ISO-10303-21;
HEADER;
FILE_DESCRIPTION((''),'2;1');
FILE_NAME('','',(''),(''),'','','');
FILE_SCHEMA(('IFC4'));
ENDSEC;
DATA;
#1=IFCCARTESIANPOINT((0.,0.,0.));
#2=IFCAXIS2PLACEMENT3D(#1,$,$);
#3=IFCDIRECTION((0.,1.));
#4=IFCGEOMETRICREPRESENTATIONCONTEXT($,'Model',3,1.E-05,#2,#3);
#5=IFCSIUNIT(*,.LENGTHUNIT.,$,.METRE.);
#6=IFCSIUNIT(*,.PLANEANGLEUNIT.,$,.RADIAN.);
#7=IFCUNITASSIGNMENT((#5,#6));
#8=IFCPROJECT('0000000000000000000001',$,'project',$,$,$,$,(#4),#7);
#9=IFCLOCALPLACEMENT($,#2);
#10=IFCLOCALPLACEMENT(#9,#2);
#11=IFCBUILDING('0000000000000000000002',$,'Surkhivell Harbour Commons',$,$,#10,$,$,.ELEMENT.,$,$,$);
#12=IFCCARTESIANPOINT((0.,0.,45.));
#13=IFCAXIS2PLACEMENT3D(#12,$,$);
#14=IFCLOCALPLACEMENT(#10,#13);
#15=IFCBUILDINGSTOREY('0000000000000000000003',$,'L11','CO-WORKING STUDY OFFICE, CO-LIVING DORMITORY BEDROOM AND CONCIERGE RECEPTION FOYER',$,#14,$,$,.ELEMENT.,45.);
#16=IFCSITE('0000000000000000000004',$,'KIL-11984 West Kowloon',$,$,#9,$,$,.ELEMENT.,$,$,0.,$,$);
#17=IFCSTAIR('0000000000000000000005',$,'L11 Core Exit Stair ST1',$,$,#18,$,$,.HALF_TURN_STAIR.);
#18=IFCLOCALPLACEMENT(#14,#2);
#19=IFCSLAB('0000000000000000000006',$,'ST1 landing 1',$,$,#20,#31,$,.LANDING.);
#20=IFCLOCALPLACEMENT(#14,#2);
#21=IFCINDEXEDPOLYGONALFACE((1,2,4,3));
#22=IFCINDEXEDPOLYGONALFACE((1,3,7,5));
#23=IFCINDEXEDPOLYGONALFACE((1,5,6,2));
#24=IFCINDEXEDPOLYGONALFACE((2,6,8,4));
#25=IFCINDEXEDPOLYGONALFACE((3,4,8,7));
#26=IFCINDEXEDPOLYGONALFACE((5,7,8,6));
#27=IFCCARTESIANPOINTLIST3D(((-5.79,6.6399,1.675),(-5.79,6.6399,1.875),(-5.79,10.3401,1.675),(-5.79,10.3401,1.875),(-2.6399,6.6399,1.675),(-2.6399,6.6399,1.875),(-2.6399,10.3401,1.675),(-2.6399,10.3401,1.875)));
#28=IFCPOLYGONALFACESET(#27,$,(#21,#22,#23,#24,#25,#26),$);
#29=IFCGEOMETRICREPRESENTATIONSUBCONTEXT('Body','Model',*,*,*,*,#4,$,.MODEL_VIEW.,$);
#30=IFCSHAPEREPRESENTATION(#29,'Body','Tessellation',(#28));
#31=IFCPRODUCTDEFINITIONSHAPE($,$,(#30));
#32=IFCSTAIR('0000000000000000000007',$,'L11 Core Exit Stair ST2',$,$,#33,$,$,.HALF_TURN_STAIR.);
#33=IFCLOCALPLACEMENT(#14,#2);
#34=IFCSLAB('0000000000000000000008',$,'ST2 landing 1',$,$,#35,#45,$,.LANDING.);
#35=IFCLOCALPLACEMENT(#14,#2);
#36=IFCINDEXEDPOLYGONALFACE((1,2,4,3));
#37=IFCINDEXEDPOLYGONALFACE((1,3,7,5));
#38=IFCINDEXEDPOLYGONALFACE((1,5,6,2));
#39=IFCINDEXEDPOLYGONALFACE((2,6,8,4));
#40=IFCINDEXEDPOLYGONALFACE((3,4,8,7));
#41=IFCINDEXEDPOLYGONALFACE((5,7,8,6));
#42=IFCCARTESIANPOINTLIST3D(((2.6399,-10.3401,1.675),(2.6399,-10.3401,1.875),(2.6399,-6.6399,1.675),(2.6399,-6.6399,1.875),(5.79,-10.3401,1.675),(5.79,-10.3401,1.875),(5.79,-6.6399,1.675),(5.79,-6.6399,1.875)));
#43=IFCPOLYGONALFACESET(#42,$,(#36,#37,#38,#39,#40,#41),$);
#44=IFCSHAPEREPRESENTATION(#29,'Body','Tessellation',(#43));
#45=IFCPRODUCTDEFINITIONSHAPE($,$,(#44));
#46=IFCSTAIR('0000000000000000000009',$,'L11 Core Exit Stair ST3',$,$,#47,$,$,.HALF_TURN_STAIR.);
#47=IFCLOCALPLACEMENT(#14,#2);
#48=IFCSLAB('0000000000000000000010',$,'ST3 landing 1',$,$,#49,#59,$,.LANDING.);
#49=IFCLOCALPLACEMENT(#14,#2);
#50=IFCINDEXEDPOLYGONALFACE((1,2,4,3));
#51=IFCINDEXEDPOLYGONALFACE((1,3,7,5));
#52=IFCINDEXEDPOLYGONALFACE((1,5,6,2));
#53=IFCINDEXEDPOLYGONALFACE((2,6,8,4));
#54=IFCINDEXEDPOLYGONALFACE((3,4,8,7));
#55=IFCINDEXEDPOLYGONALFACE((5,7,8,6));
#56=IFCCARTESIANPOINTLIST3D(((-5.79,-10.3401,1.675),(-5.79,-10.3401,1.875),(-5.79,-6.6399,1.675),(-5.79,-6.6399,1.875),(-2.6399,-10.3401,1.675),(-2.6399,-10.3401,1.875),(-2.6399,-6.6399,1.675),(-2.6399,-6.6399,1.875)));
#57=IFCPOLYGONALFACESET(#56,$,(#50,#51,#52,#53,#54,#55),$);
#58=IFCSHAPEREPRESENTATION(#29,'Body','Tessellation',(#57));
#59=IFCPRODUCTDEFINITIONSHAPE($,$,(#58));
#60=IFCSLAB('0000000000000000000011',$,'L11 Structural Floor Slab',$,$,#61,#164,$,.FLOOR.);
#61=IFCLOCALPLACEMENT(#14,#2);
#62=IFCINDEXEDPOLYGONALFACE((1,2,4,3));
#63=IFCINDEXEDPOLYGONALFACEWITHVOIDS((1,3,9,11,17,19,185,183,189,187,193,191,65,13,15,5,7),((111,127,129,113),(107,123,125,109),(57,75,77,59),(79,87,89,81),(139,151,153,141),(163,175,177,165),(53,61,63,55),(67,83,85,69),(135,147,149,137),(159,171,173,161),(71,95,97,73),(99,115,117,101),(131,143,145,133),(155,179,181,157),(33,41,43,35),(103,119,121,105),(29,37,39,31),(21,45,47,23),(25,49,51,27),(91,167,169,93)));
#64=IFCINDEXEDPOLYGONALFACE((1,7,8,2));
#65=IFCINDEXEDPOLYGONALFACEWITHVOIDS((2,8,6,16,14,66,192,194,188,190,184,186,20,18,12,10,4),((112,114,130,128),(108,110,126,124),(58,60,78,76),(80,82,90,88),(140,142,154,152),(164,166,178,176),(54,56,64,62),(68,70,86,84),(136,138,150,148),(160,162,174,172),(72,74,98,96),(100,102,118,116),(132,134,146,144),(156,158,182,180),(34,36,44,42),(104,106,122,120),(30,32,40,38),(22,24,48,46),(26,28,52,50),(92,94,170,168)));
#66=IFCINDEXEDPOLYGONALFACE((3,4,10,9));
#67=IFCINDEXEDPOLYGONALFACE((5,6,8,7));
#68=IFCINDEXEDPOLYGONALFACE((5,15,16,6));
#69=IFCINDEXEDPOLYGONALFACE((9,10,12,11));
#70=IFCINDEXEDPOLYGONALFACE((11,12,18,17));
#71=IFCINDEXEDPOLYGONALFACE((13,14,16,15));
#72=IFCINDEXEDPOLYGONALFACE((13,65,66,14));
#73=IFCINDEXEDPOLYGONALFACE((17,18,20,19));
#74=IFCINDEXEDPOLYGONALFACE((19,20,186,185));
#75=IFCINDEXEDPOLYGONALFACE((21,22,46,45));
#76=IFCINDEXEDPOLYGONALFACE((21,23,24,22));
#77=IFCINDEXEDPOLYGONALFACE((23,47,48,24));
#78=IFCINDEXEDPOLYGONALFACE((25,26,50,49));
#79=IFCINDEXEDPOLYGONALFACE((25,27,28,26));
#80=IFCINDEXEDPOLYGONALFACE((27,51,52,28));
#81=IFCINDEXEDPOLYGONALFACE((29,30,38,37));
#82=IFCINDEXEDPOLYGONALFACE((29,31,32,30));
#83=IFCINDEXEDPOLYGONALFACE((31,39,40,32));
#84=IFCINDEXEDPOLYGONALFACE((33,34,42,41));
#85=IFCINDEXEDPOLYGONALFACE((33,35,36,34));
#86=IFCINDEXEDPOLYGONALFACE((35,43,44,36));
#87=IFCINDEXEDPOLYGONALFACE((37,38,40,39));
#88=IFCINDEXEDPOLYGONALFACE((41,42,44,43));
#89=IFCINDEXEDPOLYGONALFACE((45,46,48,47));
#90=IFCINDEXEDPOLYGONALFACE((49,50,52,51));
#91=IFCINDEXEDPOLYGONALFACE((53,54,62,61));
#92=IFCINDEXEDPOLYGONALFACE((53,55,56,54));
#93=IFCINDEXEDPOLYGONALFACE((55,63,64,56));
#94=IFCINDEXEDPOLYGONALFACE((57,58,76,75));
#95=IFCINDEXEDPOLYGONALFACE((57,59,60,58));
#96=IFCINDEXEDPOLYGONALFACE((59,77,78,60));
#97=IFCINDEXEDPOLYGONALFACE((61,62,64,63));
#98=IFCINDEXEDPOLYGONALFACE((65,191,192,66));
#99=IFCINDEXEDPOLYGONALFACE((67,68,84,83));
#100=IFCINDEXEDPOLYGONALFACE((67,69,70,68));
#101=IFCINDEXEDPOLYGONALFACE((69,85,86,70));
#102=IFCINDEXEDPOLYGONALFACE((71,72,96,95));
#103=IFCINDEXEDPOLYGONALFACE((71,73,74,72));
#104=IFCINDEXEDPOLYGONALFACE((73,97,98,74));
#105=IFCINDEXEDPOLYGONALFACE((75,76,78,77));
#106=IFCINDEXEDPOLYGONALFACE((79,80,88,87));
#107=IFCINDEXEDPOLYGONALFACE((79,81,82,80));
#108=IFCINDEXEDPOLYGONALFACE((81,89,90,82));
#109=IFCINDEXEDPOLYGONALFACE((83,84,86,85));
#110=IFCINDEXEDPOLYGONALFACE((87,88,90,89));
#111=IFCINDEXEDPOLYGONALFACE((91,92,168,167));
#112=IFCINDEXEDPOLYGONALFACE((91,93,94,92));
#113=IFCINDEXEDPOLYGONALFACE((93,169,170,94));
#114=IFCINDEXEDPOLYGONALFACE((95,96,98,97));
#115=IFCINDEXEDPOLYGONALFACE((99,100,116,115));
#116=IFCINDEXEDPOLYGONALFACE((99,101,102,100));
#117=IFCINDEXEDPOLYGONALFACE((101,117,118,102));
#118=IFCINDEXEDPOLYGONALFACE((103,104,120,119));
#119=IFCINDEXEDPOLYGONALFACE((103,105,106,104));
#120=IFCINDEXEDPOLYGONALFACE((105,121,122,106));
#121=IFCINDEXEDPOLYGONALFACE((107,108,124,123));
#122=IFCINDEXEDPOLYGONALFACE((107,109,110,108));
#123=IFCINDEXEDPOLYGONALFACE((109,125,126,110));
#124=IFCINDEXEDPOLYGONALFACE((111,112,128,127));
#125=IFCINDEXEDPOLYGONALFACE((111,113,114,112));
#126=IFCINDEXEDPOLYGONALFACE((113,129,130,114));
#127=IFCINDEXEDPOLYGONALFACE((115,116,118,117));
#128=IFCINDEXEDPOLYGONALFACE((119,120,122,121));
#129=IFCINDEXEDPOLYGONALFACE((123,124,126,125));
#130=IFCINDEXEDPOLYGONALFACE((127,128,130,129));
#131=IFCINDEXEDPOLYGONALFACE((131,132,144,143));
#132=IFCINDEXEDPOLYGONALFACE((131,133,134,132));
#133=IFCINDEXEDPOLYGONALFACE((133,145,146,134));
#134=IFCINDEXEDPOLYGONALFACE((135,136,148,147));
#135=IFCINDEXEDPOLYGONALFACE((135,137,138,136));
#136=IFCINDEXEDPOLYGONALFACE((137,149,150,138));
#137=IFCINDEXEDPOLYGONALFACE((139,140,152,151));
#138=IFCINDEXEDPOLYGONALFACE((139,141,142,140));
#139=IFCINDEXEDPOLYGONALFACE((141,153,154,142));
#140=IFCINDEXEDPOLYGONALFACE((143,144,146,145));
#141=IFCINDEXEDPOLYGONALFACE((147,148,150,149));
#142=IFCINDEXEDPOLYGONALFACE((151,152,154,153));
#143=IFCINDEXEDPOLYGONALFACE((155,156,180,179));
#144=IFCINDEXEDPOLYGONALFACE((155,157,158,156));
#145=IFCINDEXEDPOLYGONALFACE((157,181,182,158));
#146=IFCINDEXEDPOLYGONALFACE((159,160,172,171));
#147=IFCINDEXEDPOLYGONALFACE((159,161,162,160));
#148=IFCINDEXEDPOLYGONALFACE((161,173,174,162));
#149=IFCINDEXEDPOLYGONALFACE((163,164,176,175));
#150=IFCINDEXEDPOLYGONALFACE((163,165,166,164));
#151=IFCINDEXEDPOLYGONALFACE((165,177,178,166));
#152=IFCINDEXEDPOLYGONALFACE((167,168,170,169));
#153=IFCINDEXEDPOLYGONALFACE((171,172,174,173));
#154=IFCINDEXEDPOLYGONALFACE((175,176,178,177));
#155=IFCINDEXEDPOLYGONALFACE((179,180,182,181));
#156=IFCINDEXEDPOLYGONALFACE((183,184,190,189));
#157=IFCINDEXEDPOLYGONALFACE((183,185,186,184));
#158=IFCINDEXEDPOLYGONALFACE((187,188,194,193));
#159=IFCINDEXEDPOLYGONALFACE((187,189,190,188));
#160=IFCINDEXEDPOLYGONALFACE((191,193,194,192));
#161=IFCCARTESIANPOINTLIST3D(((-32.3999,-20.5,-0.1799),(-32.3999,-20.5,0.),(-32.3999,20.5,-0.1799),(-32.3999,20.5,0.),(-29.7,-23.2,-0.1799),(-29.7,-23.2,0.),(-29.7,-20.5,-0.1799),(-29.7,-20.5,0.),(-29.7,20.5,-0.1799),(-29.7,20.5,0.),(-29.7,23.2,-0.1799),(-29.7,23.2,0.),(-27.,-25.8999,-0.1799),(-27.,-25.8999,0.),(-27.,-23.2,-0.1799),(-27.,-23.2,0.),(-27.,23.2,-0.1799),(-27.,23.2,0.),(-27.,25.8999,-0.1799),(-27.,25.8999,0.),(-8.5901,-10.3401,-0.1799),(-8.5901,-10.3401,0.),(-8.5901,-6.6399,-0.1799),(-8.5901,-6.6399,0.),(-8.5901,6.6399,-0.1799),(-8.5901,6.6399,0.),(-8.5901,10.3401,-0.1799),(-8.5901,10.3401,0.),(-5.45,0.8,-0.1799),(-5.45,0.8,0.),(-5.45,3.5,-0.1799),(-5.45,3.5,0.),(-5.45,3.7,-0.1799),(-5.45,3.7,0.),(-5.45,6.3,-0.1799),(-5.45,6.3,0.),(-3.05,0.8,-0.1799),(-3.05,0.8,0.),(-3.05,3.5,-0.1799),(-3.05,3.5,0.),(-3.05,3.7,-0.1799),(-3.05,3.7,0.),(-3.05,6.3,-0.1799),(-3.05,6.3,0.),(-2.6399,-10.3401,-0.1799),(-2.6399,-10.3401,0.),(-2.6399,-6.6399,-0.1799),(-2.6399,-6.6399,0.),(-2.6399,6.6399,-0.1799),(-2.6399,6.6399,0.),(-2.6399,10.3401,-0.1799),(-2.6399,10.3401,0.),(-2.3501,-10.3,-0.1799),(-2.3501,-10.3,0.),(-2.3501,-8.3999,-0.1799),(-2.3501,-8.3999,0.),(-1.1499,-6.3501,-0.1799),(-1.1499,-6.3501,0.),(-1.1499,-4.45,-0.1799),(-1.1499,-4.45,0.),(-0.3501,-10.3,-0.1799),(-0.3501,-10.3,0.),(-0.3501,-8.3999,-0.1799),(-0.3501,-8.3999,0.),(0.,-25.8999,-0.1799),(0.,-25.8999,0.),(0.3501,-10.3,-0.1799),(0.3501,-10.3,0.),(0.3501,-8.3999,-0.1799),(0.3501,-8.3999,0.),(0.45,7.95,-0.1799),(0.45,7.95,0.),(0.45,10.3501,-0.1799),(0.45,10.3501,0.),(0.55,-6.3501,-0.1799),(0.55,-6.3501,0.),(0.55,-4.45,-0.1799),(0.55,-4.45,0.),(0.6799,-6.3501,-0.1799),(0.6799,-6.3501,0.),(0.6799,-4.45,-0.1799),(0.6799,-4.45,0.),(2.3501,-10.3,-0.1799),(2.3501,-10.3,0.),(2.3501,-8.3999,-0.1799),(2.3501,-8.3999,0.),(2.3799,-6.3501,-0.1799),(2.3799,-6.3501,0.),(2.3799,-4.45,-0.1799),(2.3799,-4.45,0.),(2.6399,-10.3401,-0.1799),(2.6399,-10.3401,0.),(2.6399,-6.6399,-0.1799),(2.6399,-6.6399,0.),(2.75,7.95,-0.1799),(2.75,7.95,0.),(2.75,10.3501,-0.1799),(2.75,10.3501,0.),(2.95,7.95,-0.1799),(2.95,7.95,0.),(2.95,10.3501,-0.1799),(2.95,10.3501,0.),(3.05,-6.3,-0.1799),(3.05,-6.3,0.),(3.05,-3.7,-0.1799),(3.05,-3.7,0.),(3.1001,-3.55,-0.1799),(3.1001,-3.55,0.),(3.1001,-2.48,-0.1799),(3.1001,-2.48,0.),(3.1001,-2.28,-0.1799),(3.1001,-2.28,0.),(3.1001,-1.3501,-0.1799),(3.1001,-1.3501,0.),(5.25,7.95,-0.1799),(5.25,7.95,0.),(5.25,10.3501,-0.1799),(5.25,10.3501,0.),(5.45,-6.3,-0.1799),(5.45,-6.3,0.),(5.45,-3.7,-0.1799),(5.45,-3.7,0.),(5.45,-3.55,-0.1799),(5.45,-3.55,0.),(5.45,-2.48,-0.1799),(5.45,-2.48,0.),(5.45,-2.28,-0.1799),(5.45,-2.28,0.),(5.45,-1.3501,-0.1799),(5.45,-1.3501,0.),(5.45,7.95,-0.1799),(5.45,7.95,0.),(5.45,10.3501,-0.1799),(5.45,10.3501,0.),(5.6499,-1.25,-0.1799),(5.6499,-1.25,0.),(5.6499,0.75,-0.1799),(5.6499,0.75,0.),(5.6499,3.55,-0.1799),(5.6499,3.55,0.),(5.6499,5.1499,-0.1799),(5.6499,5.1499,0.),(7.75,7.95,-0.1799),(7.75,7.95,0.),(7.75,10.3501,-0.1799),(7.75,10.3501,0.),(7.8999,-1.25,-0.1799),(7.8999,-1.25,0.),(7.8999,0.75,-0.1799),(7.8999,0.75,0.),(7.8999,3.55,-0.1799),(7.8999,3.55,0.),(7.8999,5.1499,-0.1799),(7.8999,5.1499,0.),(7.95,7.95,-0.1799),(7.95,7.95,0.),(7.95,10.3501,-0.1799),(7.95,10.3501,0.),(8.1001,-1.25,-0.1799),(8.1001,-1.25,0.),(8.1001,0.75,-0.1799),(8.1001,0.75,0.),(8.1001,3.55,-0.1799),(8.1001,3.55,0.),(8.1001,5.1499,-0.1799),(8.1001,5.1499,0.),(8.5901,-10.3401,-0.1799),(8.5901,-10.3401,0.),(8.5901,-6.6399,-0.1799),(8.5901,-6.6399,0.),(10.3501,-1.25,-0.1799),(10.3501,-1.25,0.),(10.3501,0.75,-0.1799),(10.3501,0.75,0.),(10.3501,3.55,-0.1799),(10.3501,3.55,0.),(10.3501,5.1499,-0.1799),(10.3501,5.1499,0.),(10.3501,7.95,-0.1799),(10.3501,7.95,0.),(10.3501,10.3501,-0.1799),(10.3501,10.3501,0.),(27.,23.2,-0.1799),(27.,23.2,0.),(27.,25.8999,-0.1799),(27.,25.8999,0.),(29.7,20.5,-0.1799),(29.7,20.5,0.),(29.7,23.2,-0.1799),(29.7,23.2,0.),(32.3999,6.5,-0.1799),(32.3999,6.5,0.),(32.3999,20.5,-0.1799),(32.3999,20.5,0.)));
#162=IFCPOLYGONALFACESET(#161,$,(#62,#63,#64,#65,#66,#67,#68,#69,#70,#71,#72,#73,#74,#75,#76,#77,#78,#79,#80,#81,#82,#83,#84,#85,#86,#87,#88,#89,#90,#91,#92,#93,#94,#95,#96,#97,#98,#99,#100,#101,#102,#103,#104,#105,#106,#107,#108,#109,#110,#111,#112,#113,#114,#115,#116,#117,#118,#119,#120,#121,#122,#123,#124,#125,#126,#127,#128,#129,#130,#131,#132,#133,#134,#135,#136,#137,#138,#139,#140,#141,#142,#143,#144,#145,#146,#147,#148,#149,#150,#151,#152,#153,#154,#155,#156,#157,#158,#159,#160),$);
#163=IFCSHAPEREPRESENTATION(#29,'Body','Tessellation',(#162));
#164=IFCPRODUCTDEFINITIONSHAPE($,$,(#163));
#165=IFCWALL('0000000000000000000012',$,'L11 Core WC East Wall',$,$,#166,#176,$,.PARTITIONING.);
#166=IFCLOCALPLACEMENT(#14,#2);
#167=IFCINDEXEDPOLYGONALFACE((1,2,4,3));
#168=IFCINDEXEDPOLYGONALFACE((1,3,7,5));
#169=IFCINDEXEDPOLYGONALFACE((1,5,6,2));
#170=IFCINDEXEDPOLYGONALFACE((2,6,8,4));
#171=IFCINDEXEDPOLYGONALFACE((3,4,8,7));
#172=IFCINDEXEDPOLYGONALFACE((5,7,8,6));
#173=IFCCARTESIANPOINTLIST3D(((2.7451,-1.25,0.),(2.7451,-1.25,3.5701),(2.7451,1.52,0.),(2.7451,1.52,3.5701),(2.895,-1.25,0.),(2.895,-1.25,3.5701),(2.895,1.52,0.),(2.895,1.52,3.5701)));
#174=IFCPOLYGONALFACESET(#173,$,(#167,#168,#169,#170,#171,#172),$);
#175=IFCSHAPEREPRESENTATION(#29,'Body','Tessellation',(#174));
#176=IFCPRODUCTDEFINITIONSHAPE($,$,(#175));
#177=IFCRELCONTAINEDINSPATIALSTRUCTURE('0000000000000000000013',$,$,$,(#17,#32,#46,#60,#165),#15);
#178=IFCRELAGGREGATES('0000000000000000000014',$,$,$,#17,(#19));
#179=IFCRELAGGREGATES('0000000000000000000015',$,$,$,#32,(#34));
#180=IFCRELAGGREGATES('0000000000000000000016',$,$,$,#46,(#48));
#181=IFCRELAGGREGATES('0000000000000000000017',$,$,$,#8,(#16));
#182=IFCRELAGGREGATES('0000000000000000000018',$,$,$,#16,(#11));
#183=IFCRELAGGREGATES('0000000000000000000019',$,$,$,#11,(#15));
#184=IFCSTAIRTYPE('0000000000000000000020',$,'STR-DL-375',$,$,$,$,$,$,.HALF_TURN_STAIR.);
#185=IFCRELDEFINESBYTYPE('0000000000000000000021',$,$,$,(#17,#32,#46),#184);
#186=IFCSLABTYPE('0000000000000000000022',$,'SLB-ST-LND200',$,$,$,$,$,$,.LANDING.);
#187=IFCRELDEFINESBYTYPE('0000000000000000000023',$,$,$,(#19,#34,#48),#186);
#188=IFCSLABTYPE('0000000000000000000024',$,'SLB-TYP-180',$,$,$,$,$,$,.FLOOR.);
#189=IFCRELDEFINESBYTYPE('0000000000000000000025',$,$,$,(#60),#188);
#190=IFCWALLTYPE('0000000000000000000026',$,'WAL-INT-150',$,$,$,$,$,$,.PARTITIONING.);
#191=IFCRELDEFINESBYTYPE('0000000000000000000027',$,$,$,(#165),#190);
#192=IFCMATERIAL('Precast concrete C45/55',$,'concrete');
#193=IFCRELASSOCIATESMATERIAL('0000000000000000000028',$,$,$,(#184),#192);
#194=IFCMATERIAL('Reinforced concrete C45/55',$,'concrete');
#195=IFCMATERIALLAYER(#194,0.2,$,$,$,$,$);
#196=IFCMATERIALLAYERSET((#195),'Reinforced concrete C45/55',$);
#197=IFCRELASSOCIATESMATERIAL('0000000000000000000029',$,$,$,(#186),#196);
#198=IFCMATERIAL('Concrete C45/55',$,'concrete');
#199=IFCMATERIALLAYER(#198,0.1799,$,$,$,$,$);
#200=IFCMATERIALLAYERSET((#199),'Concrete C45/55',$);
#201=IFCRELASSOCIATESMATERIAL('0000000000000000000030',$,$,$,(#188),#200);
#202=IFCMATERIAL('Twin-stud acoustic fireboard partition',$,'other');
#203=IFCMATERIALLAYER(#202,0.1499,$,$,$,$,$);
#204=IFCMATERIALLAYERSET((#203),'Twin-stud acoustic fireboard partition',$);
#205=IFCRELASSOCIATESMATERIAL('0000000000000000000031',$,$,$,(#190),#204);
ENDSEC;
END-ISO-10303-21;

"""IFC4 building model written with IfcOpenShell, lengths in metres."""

from ifc_helpers import new_model, si_unit, direction, frame, frame_2d, origin, place, context, subcontext, project, spatial, polyline, rectangle, outline, extrude, material, layer, layer_set, type_object, element, aggregate, save


model = new_model("IFC4")

# Units and contexts
model_context = context("Model", 3, precision=1e-05, world=origin(), true_north=direction((0.0, 1.0)))
body_context = subcontext(model_context, "Body", "Model", "MODEL_VIEW")
ifc_project = project(units=[si_unit("LENGTHUNIT", "METRE"), si_unit("PLANEANGLEUNIT", "RADIAN")], contexts=[model_context])

# Site, building, storey
site_placement = place(None, origin())
site = spatial("IfcSite", under=ifc_project, at=site_placement, Name="KIL-11984 West Kowloon", CompositionType="ELEMENT", RefElevation=0.0)
building_placement = place(site_placement, origin())
building = spatial("IfcBuilding", under=site, at=building_placement, Name="Surkhivell Harbour Commons", CompositionType="ELEMENT")
storey_placement = place(building_placement, frame((0.0, 0.0, 45.0)))
storey = spatial("IfcBuildingStorey", under=building, at=storey_placement, Name="L11", Description="CO-WORKING STUDY OFFICE, CO-LIVING DORMITORY BEDROOM AND CONCIERGE RECEPTION FOYER", CompositionType="ELEMENT", Elevation=45.0)

# Stairs, slabs
ifc_material_1 = material(Name="Precast concrete C45/55", Category="concrete")
stair_type = type_object("IfcStairType", Name="STR-DL-375", PredefinedType="HALF_TURN_STAIR", material=ifc_material_1)
stair_1_placement = place(storey_placement, origin())
stair_1 = element("IfcStair", 1, at=stair_1_placement, inside=storey, type_object=stair_type, Name="L11 Core Exit Stair ST1", PredefinedType="HALF_TURN_STAIR")
ifc_material_2 = material(Name="Reinforced concrete C45/55", Category="concrete")
ifc_layer_1 = layer(ifc_material_2, 0.2)
ifc_layer_set_1 = layer_set([ifc_layer_1], Name="Reinforced concrete C45/55")
slab_type_1 = type_object("IfcSlabType", Name="SLB-ST-LND200", PredefinedType="LANDING", material=ifc_layer_set_1)
slab_1_placement = place(storey_placement, frame((0.0, 0.0, 1.675)))
slab_1 = element("IfcSlab", 2, at=slab_1_placement, type_object=slab_type_1, Name="ST1 landing 1", PredefinedType="LANDING", context=body_context, shape_type="SweptSolid", body=[
    extrude(outline(polyline([(-5.79, 6.6399), (-2.6399, 6.6399), (-2.6399, 10.3401), (-5.79, 10.3401), (-5.79, 6.6399)])), origin(), (0.0, 0.0, 1.0), 0.2),
])
aggregate(stair_1, [slab_1])
stair_2_placement = place(storey_placement, origin())
stair_2 = element("IfcStair", 3, at=stair_2_placement, inside=storey, type_object=stair_type, Name="L11 Core Exit Stair ST2", PredefinedType="HALF_TURN_STAIR")
slab_2_placement = place(storey_placement, frame((0.0, 0.0, 1.675)))
slab_2 = element("IfcSlab", 4, at=slab_2_placement, type_object=slab_type_1, Name="ST2 landing 1", PredefinedType="LANDING", context=body_context, shape_type="SweptSolid", body=[
    extrude(outline(polyline([(5.79, -6.6399), (2.6399, -6.6399), (2.6399, -10.3401), (5.79, -10.3401), (5.79, -6.6399)])), origin(), (0.0, 0.0, 1.0), 0.2),
])
aggregate(stair_2, [slab_2])
stair_3_placement = place(storey_placement, origin())
stair_3 = element("IfcStair", 5, at=stair_3_placement, inside=storey, type_object=stair_type, Name="L11 Core Exit Stair ST3", PredefinedType="HALF_TURN_STAIR")
slab_3_placement = place(storey_placement, frame((0.0, 0.0, 1.675)))
slab_3 = element("IfcSlab", 6, at=slab_3_placement, type_object=slab_type_1, Name="ST3 landing 1", PredefinedType="LANDING", context=body_context, shape_type="SweptSolid", body=[
    extrude(outline(polyline([(-5.79, -10.3401), (-2.6399, -10.3401), (-2.6399, -6.6399), (-5.79, -6.6399), (-5.79, -10.3401)])), origin(), (0.0, 0.0, 1.0), 0.2),
])
aggregate(stair_3, [slab_3])

# Slab
ifc_material_3 = material(Name="Concrete C45/55", Category="concrete")
ifc_layer_2 = layer(ifc_material_3, 0.1799)
ifc_layer_set_2 = layer_set([ifc_layer_2], Name="Concrete C45/55")
slab_type_2 = type_object("IfcSlabType", Name="SLB-TYP-180", PredefinedType="FLOOR", material=ifc_layer_set_2)
slab_4_placement = place(storey_placement, frame((0.0, 0.0, -0.1799)))
element("IfcSlab", 7, at=slab_4_placement, inside=storey, type_object=slab_type_2, Name="L11 Structural Floor Slab", PredefinedType="FLOOR", context=body_context, shape_type="SweptSolid", body=[
    extrude(outline(polyline([(-27.0, -25.8999), (0.0, -25.8999), (32.3999, 6.5), (32.3999, 20.5), (29.7, 20.5), (29.7, 23.2), (27.0, 23.2), (27.0, 25.8999), (-27.0, 25.8999), (-27.0, 23.2), (-29.7, 23.2), (-29.7, 20.5), (-32.3999, 20.5), (-32.3999, -20.5), (-29.7, -20.5), (-29.7, -23.2), (-27.0, -23.2), (-27.0, -25.8999)]), holes=[polyline([(-8.5901, 6.6399), (-2.6399, 6.6399), (-2.6399, 10.3401), (-8.5901, 10.3401), (-8.5901, 6.6399)]), polyline([(8.5901, -6.6399), (2.6399, -6.6399), (2.6399, -10.3401), (8.5901, -10.3401), (8.5901, -6.6399)]), polyline([(-8.5901, -10.3401), (-2.6399, -10.3401), (-2.6399, -6.6399), (-8.5901, -6.6399), (-8.5901, -10.3401)]), polyline([(0.45, 7.95), (2.75, 7.95), (2.75, 10.3501), (0.45, 10.3501), (0.45, 7.95)]), polyline([(2.95, 7.95), (5.25, 7.95), (5.25, 10.3501), (2.95, 10.3501), (2.95, 7.95)]), polyline([(5.45, 7.95), (7.75, 7.95), (7.75, 10.3501), (5.45, 10.3501), (5.45, 7.95)]), polyline([(7.95, 7.95), (10.3501, 7.95), (10.3501, 10.3501), (7.95, 10.3501), (7.95, 7.95)]), polyline([(5.6499, 3.55), (7.8999, 3.55), (7.8999, 5.1499), (5.6499, 5.1499), (5.6499, 3.55)]), polyline([(8.1001, 3.55), (10.3501, 3.55), (10.3501, 5.1499), (8.1001, 5.1499), (8.1001, 3.55)]), polyline([(5.6499, -1.25), (7.8999, -1.25), (7.8999, 0.75), (5.6499, 0.75), (5.6499, -1.25)]), polyline([(8.1001, -1.25), (10.3501, -1.25), (10.3501, 0.75), (8.1001, 0.75), (8.1001, -1.25)]), polyline([(-1.1499, -6.3501), (0.55, -6.3501), (0.55, -4.45), (-1.1499, -4.45), (-1.1499, -6.3501)]), polyline([(0.6799, -6.3501), (2.3799, -6.3501), (2.3799, -4.45), (0.6799, -4.45), (0.6799, -6.3501)]), polyline([(-2.3501, -10.3), (-0.3501, -10.3), (-0.3501, -8.3999), (-2.3501, -8.3999), (-2.3501, -10.3)]), polyline([(0.3501, -10.3), (2.3501, -10.3), (2.3501, -8.3999), (0.3501, -8.3999), (0.3501, -10.3)]), polyline([(-5.45, 3.7), (-3.05, 3.7), (-3.05, 6.3), (-5.45, 6.3), (-5.45, 3.7)]), polyline([(3.05, -6.3), (5.45, -6.3), (5.45, -3.7), (3.05, -3.7), (3.05, -6.3)]), polyline([(-5.45, 0.8), (-3.05, 0.8), (-3.05, 3.5), (-5.45, 3.5), (-5.45, 0.8)]), polyline([(3.1001, -3.55), (5.45, -3.55), (5.45, -2.48), (3.1001, -2.48), (3.1001, -3.55)]), polyline([(3.1001, -2.28), (5.45, -2.28), (5.45, -1.3501), (3.1001, -1.3501), (3.1001, -2.28)])]), origin(), (0.0, 0.0, 1.0), 0.1799),
])

# Wall
ifc_material_4 = material(Name="Twin-stud acoustic fireboard partition", Category="other")
ifc_layer_3 = layer(ifc_material_4, 0.1499)
ifc_layer_set_3 = layer_set([ifc_layer_3], Name="Twin-stud acoustic fireboard partition")
wall_type_1 = type_object("IfcWallType", Name="WAL-INT-150", PredefinedType="PARTITIONING", material=ifc_layer_set_3)
wall_1_placement = place(storey_placement, frame((2.8201, -1.25, 0.0), z_axis=(0.0, 0.0, 1.0), x_axis=(0.0, 1.0, 0.0)))
element("IfcWall", 8, at=wall_1_placement, inside=storey, type_object=wall_type_1, Name="L11 Core WC East Wall", PredefinedType="PARTITIONING", context=body_context, shape_type="SweptSolid", body=[
    extrude(rectangle(XDim=2.77, YDim=0.1499, at=frame_2d((1.385, 0.0))), origin(), (0.0, 0.0, 1.0), 3.5701),
])

save(model, "model.ifc")
